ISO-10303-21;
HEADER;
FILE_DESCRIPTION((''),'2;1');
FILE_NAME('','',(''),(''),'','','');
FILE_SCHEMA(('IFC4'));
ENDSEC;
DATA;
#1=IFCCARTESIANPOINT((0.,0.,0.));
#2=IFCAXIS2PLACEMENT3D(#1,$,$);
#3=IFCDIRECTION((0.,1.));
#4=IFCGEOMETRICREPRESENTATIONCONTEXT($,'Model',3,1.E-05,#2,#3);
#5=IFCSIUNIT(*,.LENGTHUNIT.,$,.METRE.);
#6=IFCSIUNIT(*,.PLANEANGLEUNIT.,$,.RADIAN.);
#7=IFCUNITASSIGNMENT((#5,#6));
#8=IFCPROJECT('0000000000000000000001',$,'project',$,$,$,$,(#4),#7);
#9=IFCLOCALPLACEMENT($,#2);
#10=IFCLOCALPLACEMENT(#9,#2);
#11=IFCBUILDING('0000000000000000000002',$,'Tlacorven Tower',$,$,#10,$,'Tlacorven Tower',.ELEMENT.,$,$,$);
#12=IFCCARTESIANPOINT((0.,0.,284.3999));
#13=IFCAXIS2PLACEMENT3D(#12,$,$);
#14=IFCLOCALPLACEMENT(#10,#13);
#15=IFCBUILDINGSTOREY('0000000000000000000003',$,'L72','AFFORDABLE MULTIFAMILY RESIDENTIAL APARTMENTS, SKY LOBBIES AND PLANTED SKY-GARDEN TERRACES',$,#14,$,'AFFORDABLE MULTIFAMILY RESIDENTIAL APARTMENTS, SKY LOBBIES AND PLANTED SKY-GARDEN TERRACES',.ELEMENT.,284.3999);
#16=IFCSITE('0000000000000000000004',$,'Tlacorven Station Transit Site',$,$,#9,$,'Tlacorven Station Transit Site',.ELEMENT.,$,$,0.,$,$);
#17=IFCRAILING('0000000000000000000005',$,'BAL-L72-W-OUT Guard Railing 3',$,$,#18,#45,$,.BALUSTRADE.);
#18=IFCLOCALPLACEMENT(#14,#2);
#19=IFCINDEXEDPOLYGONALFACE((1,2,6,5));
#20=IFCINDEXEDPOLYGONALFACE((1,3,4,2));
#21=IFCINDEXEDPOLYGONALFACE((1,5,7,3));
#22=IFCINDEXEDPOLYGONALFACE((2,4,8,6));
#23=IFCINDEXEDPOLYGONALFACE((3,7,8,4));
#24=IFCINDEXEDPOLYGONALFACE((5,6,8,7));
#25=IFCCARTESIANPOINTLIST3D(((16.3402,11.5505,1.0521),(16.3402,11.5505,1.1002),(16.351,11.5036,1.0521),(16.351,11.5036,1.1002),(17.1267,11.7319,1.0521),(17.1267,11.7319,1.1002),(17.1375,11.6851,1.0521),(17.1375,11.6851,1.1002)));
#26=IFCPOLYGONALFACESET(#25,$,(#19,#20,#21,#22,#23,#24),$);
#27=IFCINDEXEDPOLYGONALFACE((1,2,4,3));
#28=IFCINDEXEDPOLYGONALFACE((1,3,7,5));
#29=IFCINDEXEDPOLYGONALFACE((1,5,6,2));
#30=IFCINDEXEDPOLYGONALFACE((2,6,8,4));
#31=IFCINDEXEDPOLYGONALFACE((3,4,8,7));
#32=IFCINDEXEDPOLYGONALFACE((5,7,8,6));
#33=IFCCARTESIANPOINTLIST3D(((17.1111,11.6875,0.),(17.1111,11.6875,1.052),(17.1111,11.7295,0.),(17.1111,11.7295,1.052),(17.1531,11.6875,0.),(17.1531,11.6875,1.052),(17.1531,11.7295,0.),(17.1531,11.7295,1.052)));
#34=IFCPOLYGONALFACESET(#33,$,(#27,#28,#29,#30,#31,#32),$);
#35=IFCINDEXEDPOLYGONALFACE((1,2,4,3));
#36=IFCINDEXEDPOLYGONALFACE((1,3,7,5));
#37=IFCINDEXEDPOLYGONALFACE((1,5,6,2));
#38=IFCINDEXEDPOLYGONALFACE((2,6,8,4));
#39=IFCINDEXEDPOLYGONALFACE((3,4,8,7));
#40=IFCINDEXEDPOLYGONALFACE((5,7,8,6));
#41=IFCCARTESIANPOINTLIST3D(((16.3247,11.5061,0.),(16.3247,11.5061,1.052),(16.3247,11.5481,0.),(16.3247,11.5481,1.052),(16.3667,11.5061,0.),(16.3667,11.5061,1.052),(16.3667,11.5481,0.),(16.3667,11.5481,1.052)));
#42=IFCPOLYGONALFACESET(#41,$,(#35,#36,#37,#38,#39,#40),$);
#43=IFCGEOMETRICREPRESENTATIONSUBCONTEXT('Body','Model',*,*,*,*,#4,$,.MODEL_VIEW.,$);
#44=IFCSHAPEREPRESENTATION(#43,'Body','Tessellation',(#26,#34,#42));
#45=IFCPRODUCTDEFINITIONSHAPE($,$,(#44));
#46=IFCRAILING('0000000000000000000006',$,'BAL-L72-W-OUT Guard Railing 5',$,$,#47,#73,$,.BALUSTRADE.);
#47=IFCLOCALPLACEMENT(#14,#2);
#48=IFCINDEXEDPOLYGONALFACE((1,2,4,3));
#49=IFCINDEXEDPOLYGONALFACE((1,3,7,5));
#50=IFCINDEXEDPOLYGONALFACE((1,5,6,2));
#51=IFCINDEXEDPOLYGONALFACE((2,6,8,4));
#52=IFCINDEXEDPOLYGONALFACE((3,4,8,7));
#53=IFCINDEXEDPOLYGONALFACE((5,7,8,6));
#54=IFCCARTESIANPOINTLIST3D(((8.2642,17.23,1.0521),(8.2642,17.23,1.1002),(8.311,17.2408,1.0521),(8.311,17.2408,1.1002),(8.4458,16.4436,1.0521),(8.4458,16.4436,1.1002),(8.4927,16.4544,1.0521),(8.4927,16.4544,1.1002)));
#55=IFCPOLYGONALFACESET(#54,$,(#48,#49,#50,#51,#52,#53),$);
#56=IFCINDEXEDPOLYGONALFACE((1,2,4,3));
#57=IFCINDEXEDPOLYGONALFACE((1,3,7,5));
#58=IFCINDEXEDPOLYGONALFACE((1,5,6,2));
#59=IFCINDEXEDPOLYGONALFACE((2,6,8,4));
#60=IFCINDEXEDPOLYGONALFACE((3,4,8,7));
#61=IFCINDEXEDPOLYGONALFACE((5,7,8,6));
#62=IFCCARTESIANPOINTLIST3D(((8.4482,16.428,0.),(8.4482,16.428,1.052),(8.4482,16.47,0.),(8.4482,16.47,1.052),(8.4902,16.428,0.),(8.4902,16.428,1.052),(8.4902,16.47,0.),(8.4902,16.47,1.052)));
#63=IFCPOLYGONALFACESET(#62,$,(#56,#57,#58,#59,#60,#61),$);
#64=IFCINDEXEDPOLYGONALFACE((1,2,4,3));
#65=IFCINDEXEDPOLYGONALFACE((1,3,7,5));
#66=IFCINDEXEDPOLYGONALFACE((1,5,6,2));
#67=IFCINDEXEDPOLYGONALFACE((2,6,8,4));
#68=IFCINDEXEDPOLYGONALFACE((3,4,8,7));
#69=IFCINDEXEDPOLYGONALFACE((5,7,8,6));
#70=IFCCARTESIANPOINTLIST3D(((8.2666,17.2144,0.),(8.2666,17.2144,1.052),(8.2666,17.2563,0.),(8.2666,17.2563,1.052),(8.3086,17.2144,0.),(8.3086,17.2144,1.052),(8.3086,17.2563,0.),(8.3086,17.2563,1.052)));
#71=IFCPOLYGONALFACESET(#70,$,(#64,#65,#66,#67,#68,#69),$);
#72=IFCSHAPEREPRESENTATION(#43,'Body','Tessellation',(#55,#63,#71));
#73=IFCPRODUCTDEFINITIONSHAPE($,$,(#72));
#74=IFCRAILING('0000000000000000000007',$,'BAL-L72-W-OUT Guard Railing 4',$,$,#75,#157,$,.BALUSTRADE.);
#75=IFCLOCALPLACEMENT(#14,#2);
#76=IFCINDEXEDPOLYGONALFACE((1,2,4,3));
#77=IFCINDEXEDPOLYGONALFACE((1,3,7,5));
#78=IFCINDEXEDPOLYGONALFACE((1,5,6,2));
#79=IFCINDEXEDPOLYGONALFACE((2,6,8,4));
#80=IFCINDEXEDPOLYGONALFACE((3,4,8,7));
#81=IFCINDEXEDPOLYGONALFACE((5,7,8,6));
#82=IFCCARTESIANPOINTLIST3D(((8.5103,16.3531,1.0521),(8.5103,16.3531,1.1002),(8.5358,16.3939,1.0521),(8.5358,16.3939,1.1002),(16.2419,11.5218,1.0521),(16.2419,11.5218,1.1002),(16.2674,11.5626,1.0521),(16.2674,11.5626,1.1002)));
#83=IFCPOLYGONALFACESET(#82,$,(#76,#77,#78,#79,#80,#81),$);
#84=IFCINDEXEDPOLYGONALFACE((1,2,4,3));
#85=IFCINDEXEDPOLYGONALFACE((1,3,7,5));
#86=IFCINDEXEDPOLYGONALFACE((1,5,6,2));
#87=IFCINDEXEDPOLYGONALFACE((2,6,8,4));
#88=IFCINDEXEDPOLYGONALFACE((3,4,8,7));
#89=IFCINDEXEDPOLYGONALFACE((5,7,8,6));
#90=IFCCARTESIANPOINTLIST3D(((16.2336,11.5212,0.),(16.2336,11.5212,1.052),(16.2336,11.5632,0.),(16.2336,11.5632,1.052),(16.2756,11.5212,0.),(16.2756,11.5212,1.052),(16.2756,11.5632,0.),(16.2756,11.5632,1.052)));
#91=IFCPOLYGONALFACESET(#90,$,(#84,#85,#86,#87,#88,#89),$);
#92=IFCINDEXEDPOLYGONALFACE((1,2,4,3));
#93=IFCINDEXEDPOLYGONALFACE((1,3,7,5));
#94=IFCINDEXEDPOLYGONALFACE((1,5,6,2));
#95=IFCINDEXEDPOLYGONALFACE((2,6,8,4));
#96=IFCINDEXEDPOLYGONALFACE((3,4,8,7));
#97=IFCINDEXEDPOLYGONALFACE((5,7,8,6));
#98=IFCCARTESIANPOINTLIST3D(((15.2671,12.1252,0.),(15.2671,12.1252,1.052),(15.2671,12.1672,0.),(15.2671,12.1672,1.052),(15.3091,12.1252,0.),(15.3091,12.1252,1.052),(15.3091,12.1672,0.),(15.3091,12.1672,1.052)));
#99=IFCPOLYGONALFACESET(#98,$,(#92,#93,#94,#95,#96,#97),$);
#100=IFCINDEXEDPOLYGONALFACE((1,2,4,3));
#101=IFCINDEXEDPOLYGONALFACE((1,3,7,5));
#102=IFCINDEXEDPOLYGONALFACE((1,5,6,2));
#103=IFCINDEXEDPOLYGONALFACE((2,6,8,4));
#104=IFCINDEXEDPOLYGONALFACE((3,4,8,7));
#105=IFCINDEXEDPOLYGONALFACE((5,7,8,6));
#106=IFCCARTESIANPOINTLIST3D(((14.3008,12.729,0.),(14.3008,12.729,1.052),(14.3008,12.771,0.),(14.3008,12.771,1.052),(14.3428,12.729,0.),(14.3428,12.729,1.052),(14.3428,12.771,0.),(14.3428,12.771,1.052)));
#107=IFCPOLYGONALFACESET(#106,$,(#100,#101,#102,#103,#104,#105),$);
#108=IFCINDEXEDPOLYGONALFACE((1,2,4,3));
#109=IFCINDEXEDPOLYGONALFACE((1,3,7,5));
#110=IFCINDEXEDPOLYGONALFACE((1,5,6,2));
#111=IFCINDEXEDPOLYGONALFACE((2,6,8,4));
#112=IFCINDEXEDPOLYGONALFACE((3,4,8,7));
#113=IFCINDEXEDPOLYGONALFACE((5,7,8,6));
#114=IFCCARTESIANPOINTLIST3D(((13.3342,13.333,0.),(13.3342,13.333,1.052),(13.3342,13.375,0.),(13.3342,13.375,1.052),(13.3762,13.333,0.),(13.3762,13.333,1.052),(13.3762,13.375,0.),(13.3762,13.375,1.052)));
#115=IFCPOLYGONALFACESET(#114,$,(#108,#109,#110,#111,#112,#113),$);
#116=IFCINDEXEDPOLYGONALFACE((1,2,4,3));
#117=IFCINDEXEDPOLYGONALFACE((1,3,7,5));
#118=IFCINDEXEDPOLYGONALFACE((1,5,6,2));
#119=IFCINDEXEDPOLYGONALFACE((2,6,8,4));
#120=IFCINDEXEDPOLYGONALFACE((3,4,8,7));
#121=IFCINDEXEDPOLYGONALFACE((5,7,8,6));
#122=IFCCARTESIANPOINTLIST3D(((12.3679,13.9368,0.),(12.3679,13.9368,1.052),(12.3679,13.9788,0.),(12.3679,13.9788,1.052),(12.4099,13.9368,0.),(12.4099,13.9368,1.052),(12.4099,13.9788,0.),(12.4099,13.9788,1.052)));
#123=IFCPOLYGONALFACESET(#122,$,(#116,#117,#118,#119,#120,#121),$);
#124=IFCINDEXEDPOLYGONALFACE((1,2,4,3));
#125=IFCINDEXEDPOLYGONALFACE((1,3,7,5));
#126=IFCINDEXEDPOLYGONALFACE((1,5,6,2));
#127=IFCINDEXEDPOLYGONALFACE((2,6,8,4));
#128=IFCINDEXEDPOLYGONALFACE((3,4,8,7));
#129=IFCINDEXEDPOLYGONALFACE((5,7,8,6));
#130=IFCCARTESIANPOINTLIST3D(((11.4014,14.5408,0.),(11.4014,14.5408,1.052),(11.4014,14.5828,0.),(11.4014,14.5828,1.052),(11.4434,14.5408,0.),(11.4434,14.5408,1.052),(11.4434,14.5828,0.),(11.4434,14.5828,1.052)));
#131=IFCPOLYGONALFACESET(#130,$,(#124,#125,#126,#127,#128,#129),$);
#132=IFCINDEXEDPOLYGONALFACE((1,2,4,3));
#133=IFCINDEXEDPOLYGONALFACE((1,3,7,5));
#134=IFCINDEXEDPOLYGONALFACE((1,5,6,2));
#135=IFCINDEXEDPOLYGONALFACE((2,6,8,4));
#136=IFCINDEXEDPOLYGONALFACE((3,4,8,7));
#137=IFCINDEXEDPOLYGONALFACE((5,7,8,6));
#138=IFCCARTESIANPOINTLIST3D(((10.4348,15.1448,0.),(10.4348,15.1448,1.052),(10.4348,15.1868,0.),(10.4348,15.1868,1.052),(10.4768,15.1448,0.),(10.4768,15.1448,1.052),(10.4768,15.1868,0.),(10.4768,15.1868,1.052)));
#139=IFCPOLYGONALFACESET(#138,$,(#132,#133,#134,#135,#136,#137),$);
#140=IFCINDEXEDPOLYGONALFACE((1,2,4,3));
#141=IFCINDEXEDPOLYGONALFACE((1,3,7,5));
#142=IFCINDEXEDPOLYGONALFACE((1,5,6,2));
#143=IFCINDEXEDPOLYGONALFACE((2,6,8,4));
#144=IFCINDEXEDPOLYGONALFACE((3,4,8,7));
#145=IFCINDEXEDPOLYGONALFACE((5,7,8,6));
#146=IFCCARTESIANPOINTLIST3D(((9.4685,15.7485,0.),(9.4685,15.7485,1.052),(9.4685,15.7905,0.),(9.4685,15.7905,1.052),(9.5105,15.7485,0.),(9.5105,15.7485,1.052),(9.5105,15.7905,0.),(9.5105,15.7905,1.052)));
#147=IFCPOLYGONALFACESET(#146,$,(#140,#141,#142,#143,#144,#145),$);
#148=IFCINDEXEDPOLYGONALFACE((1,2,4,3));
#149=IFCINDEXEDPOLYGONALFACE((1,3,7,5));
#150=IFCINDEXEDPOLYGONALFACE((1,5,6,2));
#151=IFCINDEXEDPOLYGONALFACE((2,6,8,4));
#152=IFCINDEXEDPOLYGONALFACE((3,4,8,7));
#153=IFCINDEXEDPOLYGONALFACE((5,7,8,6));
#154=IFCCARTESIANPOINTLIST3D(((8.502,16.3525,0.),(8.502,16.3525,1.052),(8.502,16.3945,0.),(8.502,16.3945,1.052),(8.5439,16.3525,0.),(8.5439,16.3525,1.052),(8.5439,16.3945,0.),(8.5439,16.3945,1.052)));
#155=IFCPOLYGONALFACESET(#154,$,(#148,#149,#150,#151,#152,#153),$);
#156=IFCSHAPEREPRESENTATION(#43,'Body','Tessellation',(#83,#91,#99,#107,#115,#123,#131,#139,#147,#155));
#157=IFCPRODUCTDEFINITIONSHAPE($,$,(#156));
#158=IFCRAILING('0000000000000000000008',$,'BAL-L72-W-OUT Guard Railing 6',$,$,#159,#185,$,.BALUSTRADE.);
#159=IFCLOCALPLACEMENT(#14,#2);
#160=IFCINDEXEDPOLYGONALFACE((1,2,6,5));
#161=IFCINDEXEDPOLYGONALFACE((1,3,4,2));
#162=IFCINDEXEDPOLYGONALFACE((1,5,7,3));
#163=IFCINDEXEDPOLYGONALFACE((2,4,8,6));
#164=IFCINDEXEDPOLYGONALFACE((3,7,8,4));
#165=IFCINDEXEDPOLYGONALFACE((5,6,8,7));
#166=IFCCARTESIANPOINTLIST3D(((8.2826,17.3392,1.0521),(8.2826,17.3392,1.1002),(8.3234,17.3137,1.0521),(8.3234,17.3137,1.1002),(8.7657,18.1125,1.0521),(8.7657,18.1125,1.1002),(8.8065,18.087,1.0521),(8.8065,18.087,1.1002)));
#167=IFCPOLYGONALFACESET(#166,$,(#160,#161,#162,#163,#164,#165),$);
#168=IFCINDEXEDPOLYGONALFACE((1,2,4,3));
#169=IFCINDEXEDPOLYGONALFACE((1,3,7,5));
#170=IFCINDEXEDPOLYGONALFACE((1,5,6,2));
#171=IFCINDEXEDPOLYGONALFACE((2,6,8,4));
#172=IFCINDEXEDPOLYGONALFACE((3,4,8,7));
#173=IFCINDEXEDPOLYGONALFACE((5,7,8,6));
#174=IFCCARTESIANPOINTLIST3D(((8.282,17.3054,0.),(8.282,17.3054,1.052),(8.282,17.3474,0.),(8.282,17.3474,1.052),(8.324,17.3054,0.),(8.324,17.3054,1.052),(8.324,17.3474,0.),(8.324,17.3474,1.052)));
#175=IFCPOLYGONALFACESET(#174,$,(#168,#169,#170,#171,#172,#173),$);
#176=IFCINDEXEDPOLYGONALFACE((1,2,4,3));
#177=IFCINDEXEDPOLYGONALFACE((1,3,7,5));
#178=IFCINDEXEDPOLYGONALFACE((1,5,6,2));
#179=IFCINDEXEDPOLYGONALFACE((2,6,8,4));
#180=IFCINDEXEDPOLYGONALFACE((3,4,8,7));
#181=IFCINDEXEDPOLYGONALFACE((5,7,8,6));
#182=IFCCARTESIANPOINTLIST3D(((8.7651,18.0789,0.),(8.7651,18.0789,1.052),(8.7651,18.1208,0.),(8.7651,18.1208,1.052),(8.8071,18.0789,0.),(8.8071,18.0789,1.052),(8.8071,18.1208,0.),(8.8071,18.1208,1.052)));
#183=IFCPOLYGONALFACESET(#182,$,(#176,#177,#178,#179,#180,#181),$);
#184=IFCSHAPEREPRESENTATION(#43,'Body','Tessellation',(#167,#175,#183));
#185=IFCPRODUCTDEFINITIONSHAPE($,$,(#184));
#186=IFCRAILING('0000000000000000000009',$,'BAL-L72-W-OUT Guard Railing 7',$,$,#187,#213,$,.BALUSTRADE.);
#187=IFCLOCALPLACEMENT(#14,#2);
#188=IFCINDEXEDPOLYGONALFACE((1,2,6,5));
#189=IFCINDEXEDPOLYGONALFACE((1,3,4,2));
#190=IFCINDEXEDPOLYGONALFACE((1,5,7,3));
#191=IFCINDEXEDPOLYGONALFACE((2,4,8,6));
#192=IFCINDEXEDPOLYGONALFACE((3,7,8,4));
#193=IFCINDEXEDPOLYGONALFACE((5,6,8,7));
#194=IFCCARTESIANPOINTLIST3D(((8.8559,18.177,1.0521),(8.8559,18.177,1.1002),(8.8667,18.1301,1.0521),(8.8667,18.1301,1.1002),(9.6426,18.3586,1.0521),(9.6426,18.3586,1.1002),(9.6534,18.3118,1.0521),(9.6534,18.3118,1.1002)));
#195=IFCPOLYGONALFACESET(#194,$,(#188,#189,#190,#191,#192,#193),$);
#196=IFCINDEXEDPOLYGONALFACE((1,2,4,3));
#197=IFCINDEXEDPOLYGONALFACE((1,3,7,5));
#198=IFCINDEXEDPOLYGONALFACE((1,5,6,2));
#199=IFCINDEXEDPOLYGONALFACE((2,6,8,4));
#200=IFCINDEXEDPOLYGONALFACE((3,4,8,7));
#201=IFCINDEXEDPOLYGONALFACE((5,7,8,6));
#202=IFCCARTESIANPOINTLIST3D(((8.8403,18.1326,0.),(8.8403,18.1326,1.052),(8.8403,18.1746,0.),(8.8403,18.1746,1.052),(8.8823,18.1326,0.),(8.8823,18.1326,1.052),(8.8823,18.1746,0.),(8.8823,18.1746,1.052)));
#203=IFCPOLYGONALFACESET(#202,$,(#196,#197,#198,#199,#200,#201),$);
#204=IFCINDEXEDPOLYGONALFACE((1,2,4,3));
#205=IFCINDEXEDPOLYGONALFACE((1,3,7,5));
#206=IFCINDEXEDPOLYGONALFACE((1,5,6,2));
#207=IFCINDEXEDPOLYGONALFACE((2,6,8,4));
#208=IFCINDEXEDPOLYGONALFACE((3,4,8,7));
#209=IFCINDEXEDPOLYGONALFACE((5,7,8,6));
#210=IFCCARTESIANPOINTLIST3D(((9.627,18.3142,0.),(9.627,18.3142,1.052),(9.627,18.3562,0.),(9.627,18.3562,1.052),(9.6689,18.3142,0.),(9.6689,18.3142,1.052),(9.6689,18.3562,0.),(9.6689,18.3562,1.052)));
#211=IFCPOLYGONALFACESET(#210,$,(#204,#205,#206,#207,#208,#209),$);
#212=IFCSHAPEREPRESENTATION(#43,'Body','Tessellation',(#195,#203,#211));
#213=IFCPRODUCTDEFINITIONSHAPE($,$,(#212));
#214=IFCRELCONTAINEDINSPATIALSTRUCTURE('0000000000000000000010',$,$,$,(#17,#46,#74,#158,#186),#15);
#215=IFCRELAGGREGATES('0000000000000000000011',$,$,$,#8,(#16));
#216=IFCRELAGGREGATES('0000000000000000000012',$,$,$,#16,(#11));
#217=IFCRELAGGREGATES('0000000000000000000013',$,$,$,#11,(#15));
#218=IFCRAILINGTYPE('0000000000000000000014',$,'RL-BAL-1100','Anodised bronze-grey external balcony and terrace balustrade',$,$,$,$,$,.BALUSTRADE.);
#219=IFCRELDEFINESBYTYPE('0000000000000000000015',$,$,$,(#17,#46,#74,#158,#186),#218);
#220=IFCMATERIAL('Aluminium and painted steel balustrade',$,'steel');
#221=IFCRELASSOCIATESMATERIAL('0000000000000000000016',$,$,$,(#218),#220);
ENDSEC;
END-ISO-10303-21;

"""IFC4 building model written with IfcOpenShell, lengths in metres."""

from ifc_helpers import new_model, si_unit, direction, frame, origin, origin_2d, place, context, subcontext, project, spatial, rectangle, extrude, source, transform, mapped, material, type_object, element, save


model = new_model("IFC4")

# Units and contexts
model_context = context("Model", 3, precision=1e-05, world=origin(), true_north=direction((0.0, 1.0)))
body_context = subcontext(model_context, "Body", "Model", "MODEL_VIEW")
ifc_project = project(units=[si_unit("LENGTHUNIT", "METRE"), si_unit("PLANEANGLEUNIT", "RADIAN")], contexts=[model_context])

# Site, building, storey
site_placement = place(None, origin())
site = spatial("IfcSite", under=ifc_project, at=site_placement, Name="Tlacorven Station Transit Site", LongName="Tlacorven Station Transit Site", CompositionType="ELEMENT", RefElevation=0.0)
building_placement = place(site_placement, origin())
building = spatial("IfcBuilding", under=site, at=building_placement, Name="Tlacorven Tower", LongName="Tlacorven Tower", CompositionType="ELEMENT")
storey_placement = place(building_placement, frame((0.0, 0.0, 284.3999)))
storey = spatial("IfcBuildingStorey", under=building, at=storey_placement, Name="L72", Description="AFFORDABLE MULTIFAMILY RESIDENTIAL APARTMENTS, SKY LOBBIES AND PLANTED SKY-GARDEN TERRACES", LongName="AFFORDABLE MULTIFAMILY RESIDENTIAL APARTMENTS, SKY LOBBIES AND PLANTED SKY-GARDEN TERRACES", CompositionType="ELEMENT", Elevation=284.3999)

# Railings
ifc_material_1 = material(Name="Aluminium and painted steel balustrade", Category="steel")
railing_type = type_object("IfcRailingType", Name="RL-BAL-1100", Description="Anodised bronze-grey external balcony and terrace balustrade", PredefinedType="BALUSTRADE", material=ifc_material_1)
shared_shape_1 = source(origin(), body_context, "Body", "SweptSolid", [
    extrude(rectangle(XDim=0.0481, YDim=0.0481, at=origin_2d()), frame((0.0, 0.0, 1.0762), z_axis=(-0.974412, -0.224771, 0.0), x_axis=(0.224771, -0.974412, 0.0)), (0.0, 0.0, 1.0), 0.8071),
    extrude(rectangle(XDim=0.042, YDim=0.042, at=origin_2d()), origin(), (0.0, 0.0, 1.0), 1.052),
    extrude(rectangle(XDim=0.042, YDim=0.042, at=origin_2d()), frame((-0.7864, -0.1814, 0.0)), (0.0, 0.0, 1.0), 1.052),
])
railing_1_placement = place(storey_placement, frame((17.1321, 11.7085, 0.0)))
element("IfcRailing", 1, at=railing_1_placement, inside=storey, type_object=railing_type, Name="BAL-L72-W-OUT Guard Railing 3", PredefinedType="BALUSTRADE", context=body_context, shape_type="MappedRepresentation", body=[
    mapped(shared_shape_1, transform((0.0, 0.0, 0.0), scale=1.0)),
])
shared_shape_2 = source(origin(), body_context, "Body", "SweptSolid", [
    extrude(rectangle(XDim=0.0481, YDim=0.0481, at=origin_2d()), frame((0.0, 0.0, 1.0762), z_axis=(-0.225058, 0.974345, 0.0), x_axis=(-0.974345, -0.225058, 0.0)), (0.0, 0.0, 1.0), 0.8071),
    extrude(rectangle(XDim=0.042, YDim=0.042, at=origin_2d()), origin(), (0.0, 0.0, 1.0), 1.052),
    extrude(rectangle(XDim=0.042, YDim=0.042, at=origin_2d()), frame((-0.1816, 0.7864, 0.0)), (0.0, 0.0, 1.0), 1.052),
])
railing_2_placement = place(storey_placement, frame((8.4692, 16.449, 0.0)))
element("IfcRailing", 2, at=railing_2_placement, inside=storey, type_object=railing_type, Name="BAL-L72-W-OUT Guard Railing 5", PredefinedType="BALUSTRADE", context=body_context, shape_type="MappedRepresentation", body=[
    mapped(shared_shape_2, transform((0.0, 0.0, 0.0), scale=1.0)),
])
shared_shape_3 = source(origin(), body_context, "Body", "SweptSolid", [
    extrude(rectangle(XDim=0.0481, YDim=0.0481, at=origin_2d()), frame((0.0, 0.0, 1.0762), z_axis=(-0.848048, 0.52992, 0.0), x_axis=(-0.52992, -0.848048, 0.0)), (0.0, 0.0, 1.0), 9.1169),
    extrude(rectangle(XDim=0.042, YDim=0.042, at=origin_2d()), origin(), (0.0, 0.0, 1.0), 1.052),
    extrude(rectangle(XDim=0.042, YDim=0.042, at=origin_2d()), frame((-0.9666, 0.604, 0.0)), (0.0, 0.0, 1.0), 1.052),
    extrude(rectangle(XDim=0.042, YDim=0.042, at=origin_2d()), frame((-1.9329, 1.2078, 0.0)), (0.0, 0.0, 1.0), 1.052),
    extrude(rectangle(XDim=0.042, YDim=0.042, at=origin_2d()), frame((-2.8994, 1.8118, 0.0)), (0.0, 0.0, 1.0), 1.052),
    extrude(rectangle(XDim=0.042, YDim=0.042, at=origin_2d()), frame((-3.8657, 2.4155, 0.0)), (0.0, 0.0, 1.0), 1.052),
    extrude(rectangle(XDim=0.042, YDim=0.042, at=origin_2d()), frame((-4.8323, 3.0195, 0.0)), (0.0, 0.0, 1.0), 1.052),
    extrude(rectangle(XDim=0.042, YDim=0.042, at=origin_2d()), frame((-5.7988, 3.6235, 0.0)), (0.0, 0.0, 1.0), 1.052),
    extrude(rectangle(XDim=0.042, YDim=0.042, at=origin_2d()), frame((-6.7651, 4.2273, 0.0)), (0.0, 0.0, 1.0), 1.052),
    extrude(rectangle(XDim=0.042, YDim=0.042, at=origin_2d()), frame((-7.7317, 4.8313, 0.0)), (0.0, 0.0, 1.0), 1.052),
])
railing_3_placement = place(storey_placement, frame((16.2546, 11.5422, 0.0)))
element("IfcRailing", 3, at=railing_3_placement, inside=storey, type_object=railing_type, Name="BAL-L72-W-OUT Guard Railing 4", PredefinedType="BALUSTRADE", context=body_context, shape_type="MappedRepresentation", body=[
    mapped(shared_shape_3, transform((0.0, 0.0, 0.0), scale=1.0)),
])
shared_shape_4 = source(origin(), body_context, "Body", "SweptSolid", [
    extrude(rectangle(XDim=0.0481, YDim=0.0481, at=origin_2d()), frame((0.0, 0.0, 1.0762), z_axis=(0.529806, 0.848119, 0.0), x_axis=(-0.848119, 0.529806, 0.0)), (0.0, 0.0, 1.0), 0.9119),
    extrude(rectangle(XDim=0.042, YDim=0.042, at=origin_2d()), origin(), (0.0, 0.0, 1.0), 1.052),
    extrude(rectangle(XDim=0.042, YDim=0.042, at=origin_2d()), frame((0.4832, 0.7734, 0.0)), (0.0, 0.0, 1.0), 1.052),
])
railing_4_placement = place(storey_placement, frame((8.303, 17.3264, 0.0)))
element("IfcRailing", 4, at=railing_4_placement, inside=storey, type_object=railing_type, Name="BAL-L72-W-OUT Guard Railing 6", PredefinedType="BALUSTRADE", context=body_context, shape_type="MappedRepresentation", body=[
    mapped(shared_shape_4, transform((0.0, 0.0, 0.0), scale=1.0)),
])
shared_shape_5 = source(origin(), body_context, "Body", "SweptSolid", [
    extrude(rectangle(XDim=0.0481, YDim=0.0481, at=origin_2d()), frame((0.0, 0.0, 1.0762), z_axis=(0.974361, 0.224992, 0.0), x_axis=(-0.224992, 0.974361, 0.0)), (0.0, 0.0, 1.0), 0.8074),
    extrude(rectangle(XDim=0.042, YDim=0.042, at=origin_2d()), origin(), (0.0, 0.0, 1.0), 1.052),
    extrude(rectangle(XDim=0.042, YDim=0.042, at=origin_2d()), frame((0.7866, 0.1816, 0.0)), (0.0, 0.0, 1.0), 1.052),
])
railing_5_placement = place(storey_placement, frame((8.8613, 18.1536, 0.0)))
element("IfcRailing", 5, at=railing_5_placement, inside=storey, type_object=railing_type, Name="BAL-L72-W-OUT Guard Railing 7", PredefinedType="BALUSTRADE", context=body_context, shape_type="MappedRepresentation", body=[
    mapped(shared_shape_5, transform((0.0, 0.0, 0.0), scale=1.0)),
])

save(model, "model.ifc")
